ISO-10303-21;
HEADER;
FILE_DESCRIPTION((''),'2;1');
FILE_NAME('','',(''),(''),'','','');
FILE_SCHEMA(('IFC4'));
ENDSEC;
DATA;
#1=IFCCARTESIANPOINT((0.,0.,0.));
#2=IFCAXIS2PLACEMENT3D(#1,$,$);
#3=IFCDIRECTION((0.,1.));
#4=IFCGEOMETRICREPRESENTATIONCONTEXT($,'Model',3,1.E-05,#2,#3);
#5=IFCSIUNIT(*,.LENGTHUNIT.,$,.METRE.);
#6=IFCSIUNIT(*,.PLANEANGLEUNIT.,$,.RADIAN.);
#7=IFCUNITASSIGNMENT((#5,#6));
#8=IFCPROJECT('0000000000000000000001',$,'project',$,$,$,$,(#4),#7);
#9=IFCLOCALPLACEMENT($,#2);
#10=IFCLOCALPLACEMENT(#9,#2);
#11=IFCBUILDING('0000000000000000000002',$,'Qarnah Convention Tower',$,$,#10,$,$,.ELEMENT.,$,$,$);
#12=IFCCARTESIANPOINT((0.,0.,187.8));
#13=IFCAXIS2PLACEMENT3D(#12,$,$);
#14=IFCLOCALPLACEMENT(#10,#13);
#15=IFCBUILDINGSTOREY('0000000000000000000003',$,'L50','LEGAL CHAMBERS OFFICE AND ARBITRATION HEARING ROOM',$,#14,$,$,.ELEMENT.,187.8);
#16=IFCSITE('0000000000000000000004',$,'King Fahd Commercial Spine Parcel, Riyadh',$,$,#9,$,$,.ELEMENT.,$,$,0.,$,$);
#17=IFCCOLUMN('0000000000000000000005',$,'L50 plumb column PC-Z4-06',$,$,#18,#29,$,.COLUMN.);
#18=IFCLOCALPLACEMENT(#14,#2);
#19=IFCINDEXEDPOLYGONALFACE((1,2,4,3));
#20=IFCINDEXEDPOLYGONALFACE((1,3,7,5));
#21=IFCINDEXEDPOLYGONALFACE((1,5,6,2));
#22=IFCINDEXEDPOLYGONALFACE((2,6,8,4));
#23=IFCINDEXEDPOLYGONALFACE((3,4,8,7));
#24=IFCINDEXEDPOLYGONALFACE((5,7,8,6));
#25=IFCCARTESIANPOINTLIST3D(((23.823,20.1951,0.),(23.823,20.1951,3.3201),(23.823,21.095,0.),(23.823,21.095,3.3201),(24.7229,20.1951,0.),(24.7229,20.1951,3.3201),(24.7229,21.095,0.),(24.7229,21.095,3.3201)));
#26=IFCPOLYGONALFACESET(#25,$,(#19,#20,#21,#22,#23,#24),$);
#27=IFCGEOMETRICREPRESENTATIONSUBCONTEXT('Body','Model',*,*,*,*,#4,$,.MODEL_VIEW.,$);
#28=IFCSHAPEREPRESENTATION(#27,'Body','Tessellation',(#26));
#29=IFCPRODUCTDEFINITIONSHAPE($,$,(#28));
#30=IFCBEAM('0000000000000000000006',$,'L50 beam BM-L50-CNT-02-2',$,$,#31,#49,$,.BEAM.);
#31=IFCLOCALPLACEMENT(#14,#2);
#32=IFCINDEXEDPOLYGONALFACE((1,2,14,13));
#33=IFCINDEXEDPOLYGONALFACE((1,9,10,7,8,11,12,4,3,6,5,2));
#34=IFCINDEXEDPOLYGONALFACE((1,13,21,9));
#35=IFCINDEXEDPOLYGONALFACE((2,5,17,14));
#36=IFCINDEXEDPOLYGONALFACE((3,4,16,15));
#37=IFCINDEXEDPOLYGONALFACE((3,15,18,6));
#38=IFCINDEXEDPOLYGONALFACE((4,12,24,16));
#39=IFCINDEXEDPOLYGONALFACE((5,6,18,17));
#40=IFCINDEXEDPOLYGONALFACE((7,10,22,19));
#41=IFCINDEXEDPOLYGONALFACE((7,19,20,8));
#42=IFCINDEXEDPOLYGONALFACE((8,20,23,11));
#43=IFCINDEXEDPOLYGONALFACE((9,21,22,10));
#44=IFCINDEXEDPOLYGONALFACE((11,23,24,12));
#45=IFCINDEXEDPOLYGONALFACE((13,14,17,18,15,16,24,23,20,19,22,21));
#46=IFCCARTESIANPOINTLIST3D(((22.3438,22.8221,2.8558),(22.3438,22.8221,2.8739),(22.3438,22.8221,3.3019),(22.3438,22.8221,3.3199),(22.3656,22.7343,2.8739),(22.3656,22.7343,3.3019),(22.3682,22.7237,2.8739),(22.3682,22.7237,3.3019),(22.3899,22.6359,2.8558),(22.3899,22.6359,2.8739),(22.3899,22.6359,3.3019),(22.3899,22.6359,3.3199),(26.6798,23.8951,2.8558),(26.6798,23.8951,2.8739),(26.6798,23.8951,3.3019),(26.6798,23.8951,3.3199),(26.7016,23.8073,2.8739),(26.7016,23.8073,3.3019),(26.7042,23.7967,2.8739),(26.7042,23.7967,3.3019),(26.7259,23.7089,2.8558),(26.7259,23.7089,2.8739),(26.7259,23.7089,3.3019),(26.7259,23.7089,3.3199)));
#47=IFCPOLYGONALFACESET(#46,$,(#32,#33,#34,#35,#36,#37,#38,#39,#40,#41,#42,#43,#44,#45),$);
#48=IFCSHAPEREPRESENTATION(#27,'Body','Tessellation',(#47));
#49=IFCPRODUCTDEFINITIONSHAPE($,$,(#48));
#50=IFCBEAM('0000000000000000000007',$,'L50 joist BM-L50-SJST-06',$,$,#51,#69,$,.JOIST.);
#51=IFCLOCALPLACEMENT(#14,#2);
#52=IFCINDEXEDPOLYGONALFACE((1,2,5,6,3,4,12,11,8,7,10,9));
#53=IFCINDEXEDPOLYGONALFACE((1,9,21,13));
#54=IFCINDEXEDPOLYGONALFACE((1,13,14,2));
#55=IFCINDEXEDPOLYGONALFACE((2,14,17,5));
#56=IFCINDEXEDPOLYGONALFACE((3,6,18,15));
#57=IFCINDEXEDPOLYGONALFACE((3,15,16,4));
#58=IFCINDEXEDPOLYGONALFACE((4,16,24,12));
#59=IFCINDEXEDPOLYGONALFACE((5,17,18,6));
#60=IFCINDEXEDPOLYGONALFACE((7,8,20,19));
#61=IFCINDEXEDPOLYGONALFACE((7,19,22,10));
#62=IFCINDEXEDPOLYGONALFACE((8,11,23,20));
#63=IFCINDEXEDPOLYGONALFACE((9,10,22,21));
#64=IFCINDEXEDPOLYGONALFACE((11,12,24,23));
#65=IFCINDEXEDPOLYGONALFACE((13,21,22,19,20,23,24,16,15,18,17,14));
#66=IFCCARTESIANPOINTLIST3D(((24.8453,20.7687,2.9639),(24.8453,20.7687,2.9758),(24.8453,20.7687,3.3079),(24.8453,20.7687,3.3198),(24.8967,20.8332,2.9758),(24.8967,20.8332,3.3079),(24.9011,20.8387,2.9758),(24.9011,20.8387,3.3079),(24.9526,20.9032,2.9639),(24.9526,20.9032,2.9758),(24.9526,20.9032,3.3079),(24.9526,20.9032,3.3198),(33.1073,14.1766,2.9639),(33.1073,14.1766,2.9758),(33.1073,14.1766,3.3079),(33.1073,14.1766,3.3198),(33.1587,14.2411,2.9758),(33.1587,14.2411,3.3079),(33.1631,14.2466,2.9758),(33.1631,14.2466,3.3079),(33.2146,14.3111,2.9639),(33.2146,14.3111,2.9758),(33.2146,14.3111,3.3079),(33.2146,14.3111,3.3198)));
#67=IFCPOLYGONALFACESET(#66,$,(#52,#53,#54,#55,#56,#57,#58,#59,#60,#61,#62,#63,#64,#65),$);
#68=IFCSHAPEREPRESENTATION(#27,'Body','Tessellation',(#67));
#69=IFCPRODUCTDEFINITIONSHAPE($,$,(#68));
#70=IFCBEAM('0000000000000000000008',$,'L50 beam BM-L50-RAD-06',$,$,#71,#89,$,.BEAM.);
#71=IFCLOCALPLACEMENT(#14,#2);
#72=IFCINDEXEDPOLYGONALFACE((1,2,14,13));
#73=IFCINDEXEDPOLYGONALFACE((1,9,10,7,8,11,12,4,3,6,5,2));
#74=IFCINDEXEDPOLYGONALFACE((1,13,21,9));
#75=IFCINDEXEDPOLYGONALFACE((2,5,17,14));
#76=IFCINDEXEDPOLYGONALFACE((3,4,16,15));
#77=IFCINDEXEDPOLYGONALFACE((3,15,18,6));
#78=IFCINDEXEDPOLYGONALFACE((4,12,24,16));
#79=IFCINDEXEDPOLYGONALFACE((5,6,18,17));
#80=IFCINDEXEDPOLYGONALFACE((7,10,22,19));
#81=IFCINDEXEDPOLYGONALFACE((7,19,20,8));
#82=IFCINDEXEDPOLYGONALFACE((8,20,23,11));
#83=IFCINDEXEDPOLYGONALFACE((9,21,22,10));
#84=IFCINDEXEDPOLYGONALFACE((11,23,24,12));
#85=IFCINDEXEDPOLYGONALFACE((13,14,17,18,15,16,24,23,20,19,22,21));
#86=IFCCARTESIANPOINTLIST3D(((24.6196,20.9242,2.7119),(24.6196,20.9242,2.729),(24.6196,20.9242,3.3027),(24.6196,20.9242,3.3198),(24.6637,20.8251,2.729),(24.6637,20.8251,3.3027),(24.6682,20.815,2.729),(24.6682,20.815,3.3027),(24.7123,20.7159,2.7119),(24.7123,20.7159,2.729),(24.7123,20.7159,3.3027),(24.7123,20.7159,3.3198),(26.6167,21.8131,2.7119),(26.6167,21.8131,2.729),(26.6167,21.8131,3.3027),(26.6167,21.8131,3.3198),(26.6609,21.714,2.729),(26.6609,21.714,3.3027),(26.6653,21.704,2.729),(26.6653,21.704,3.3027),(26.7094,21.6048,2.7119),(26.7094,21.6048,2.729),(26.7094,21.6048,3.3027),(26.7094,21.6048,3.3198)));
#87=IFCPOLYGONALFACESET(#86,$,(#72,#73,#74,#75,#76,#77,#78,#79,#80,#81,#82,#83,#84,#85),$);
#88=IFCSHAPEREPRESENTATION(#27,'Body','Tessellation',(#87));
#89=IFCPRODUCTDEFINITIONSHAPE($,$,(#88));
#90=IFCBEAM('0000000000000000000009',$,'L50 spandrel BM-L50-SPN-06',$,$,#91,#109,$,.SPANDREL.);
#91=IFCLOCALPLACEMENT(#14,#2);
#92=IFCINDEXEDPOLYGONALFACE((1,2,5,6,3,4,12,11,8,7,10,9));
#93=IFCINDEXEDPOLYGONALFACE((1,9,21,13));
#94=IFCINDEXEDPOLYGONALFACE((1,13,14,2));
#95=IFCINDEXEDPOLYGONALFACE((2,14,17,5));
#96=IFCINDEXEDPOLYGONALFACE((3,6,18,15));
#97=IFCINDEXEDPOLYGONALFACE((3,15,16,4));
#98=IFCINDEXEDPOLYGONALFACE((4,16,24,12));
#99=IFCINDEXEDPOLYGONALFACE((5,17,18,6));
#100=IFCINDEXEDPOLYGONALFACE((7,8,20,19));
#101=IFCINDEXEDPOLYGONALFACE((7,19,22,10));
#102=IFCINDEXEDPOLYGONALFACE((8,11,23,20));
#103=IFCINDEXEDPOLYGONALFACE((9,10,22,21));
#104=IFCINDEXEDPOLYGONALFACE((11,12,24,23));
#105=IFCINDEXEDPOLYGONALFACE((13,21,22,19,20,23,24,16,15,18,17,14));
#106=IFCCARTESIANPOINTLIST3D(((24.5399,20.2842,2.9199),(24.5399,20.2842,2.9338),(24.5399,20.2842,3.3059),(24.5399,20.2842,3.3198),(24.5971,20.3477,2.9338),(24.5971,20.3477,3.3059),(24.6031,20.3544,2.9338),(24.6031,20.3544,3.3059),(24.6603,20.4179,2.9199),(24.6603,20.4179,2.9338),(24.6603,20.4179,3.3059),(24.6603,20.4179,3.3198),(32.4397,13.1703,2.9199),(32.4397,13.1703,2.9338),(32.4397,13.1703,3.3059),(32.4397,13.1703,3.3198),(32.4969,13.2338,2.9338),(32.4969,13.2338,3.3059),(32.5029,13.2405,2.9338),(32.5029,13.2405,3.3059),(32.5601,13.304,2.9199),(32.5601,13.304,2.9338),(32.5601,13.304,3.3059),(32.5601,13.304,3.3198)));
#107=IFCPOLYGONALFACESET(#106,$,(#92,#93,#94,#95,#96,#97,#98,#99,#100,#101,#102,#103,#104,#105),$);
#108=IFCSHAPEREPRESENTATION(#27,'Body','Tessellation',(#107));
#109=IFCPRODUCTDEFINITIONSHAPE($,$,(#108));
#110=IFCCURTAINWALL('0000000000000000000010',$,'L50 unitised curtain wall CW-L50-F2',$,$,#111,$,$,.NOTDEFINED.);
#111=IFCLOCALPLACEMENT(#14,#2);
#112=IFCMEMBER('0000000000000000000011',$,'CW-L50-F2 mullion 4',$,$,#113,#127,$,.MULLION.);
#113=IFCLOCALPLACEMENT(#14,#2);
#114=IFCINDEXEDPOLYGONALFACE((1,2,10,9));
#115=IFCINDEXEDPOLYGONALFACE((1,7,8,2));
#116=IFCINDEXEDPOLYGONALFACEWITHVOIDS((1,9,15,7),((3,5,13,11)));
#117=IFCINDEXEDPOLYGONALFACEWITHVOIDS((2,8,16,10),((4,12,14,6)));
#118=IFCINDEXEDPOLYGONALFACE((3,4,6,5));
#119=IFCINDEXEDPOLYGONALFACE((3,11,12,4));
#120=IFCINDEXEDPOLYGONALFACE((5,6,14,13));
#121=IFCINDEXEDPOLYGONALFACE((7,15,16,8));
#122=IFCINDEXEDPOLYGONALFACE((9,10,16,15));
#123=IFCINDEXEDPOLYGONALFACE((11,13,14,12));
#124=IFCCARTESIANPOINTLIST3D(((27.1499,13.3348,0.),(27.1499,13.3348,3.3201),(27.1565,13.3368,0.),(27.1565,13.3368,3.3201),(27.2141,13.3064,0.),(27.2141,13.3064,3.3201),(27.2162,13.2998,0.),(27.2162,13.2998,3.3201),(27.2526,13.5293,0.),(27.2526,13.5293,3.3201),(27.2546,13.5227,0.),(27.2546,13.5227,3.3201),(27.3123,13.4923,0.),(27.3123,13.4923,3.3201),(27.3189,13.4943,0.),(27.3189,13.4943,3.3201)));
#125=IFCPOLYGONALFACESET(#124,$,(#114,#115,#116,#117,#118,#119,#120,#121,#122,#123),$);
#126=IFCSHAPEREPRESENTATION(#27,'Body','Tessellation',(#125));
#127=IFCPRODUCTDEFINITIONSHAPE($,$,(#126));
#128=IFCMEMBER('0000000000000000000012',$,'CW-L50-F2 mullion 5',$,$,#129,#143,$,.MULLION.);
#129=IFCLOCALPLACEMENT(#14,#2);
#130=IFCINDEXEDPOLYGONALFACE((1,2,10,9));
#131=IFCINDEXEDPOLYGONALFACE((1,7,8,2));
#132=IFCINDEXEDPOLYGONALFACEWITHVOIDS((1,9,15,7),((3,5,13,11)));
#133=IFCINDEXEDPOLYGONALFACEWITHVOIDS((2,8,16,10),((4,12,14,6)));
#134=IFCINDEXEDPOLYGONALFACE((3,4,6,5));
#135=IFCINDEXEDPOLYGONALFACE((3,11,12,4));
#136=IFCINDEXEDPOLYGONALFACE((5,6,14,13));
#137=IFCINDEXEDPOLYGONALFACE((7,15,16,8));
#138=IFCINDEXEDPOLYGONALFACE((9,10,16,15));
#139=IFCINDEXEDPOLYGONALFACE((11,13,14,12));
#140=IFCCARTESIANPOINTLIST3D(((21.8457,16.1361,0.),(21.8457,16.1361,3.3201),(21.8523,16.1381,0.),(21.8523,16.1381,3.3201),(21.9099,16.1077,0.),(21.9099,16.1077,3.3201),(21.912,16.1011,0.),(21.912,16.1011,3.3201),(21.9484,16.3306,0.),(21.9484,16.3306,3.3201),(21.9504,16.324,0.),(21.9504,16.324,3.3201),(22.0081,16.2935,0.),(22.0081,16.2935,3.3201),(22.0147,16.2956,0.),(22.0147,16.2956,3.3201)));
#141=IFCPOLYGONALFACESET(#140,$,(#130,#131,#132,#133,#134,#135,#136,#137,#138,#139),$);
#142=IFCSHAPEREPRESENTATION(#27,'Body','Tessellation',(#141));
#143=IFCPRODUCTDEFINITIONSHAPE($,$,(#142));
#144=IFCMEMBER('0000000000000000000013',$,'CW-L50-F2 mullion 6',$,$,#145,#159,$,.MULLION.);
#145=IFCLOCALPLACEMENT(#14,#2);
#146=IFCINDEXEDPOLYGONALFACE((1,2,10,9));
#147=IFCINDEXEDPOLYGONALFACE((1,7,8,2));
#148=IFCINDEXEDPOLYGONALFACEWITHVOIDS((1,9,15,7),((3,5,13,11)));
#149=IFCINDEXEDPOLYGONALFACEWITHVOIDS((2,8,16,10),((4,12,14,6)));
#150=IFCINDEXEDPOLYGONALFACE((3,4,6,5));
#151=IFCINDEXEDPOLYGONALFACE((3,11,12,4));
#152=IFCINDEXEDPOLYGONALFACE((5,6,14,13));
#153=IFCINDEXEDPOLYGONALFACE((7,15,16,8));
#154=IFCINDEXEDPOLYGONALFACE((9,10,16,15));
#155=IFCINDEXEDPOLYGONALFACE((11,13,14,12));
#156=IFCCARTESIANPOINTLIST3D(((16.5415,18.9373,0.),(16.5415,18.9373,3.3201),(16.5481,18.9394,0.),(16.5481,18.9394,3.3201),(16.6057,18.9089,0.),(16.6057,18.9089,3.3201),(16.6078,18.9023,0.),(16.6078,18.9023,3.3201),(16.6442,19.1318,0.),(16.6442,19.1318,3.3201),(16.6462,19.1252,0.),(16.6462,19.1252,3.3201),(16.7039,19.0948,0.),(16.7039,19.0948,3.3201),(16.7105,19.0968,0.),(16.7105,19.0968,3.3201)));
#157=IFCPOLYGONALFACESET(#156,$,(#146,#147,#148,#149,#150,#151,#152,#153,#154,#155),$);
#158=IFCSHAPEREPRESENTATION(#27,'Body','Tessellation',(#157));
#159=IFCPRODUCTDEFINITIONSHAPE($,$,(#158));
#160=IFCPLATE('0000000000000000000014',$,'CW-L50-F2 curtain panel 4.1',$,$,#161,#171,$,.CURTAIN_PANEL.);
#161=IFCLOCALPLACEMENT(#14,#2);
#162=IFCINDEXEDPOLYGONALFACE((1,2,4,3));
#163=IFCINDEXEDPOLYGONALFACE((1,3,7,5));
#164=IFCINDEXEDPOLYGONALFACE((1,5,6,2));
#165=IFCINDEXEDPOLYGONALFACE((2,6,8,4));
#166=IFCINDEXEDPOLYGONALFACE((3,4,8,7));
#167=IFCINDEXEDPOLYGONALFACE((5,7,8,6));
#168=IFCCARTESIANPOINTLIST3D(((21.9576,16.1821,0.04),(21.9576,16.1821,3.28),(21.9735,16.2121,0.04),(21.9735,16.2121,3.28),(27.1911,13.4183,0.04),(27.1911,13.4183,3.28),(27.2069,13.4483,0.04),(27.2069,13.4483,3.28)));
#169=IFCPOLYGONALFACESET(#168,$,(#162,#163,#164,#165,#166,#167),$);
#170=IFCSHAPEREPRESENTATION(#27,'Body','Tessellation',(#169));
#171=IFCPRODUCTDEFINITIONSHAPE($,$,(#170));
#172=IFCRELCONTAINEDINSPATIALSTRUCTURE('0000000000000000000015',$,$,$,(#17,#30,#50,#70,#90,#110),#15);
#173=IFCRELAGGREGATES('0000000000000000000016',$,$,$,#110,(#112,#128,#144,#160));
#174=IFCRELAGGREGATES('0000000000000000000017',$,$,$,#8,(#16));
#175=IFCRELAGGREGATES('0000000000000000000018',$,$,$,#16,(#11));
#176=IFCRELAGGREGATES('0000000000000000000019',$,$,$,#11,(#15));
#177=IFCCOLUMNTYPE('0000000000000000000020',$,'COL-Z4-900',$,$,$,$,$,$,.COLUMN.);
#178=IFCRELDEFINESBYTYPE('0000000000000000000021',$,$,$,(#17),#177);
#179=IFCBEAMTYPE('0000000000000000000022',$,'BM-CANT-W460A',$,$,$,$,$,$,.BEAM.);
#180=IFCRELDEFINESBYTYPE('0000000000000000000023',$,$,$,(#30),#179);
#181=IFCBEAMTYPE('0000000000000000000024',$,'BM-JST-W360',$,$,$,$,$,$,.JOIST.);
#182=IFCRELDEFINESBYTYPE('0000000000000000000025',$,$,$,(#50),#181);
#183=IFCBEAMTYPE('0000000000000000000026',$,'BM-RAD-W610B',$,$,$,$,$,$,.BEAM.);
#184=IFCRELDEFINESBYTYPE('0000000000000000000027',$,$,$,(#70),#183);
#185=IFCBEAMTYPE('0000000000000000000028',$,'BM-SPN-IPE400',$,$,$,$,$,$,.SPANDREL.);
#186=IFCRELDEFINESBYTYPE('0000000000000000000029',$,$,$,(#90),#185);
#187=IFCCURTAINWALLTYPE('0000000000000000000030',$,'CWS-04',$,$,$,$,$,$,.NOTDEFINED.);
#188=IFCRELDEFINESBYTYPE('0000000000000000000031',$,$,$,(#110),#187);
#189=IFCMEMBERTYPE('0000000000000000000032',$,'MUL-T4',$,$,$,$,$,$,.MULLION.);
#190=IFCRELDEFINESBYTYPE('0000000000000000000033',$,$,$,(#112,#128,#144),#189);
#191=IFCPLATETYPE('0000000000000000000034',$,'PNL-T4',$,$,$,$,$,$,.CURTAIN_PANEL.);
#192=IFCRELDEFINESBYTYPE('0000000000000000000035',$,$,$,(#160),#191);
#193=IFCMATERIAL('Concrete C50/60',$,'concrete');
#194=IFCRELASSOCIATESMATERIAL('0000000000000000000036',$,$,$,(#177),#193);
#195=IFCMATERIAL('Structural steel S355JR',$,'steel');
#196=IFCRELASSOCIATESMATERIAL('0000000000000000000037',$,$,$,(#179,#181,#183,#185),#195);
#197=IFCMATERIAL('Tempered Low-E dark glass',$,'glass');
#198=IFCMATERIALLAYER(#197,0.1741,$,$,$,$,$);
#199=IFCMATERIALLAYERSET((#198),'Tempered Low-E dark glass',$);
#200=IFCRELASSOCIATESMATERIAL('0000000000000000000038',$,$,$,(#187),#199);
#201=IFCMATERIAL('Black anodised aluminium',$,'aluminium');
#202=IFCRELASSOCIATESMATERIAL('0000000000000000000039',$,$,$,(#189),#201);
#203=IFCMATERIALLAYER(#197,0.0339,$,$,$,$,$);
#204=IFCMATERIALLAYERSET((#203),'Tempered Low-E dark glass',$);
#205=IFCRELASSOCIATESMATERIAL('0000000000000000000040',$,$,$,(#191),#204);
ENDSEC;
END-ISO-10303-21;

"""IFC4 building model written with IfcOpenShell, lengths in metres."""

from ifc_helpers import new_model, si_unit, direction, frame, origin, origin_2d, place, context, subcontext, project, spatial, rectangle, hollow_rectangle, i_section, extrude, material, layer, layer_set, material_profile, profile_set, type_object, element, aggregate, save


model = new_model("IFC4")

# Units and contexts
model_context = context("Model", 3, precision=1e-05, world=origin(), true_north=direction((0.0, 1.0)))
body_context = subcontext(model_context, "Body", "Model", "MODEL_VIEW")
ifc_project = project(units=[si_unit("LENGTHUNIT", "METRE"), si_unit("PLANEANGLEUNIT", "RADIAN")], contexts=[model_context])

# Site, building, storey
site_placement = place(None, origin())
site = spatial("IfcSite", under=ifc_project, at=site_placement, Name="King Fahd Commercial Spine Parcel, Riyadh", CompositionType="ELEMENT", RefElevation=0.0)
building_placement = place(site_placement, origin())
building = spatial("IfcBuilding", under=site, at=building_placement, Name="Qarnah Convention Tower", CompositionType="ELEMENT")
storey_placement = place(building_placement, frame((0.0, 0.0, 187.8)))
storey = spatial("IfcBuildingStorey", under=building, at=storey_placement, Name="L50", Description="LEGAL CHAMBERS OFFICE AND ARBITRATION HEARING ROOM", CompositionType="ELEMENT", Elevation=187.8)

# Column
ifc_material_1 = material(Name="Concrete C50/60", Category="concrete")
ifc_material_profile_1 = material_profile(ifc_material_1, rectangle(XDim=0.8999, YDim=0.8999, at=origin_2d()), Name="RC-COL-900X900")
ifc_profile_set_1 = profile_set([ifc_material_profile_1], Name="Concrete C50/60")
column_type = type_object("IfcColumnType", Name="COL-Z4-900", PredefinedType="COLUMN", material=ifc_profile_set_1)
column_placement = place(storey_placement, frame((24.2729, 20.645, 0.0), z_axis=(0.0, 0.0, 1.0), x_axis=(1.0, 0.0, 0.0)))
element("IfcColumn", 1, at=column_placement, inside=storey, type_object=column_type, Name="L50 plumb column PC-Z4-06", PredefinedType="COLUMN", context=body_context, shape_type="SweptSolid", body=[
    extrude(rectangle(XDim=0.8999, YDim=0.8999, at=origin_2d()), origin(), (0.0, 0.0, 1.0), 3.3201),
])

# Beams
ifc_material_2 = material(Name="Structural steel S355JR", Category="steel")
ifc_material_profile_2 = material_profile(ifc_material_2, i_section(OverallWidth=0.1919, OverallDepth=0.4641, WebThickness=0.011, FlangeThickness=0.0181, at=origin_2d()), Name="W460X89")
ifc_profile_set_2 = profile_set([ifc_material_profile_2], Name="Structural steel S355JR")
beam_type_1 = type_object("IfcBeamType", Name="BM-CANT-W460A", PredefinedType="BEAM", material=ifc_profile_set_2)
beam_1_placement = place(storey_placement, frame((26.7029, 23.802, 3.0879), z_axis=(-0.970718, -0.24022, 0.0), x_axis=(0.24022, -0.970718, 0.0)))
element("IfcBeam", 2, at=beam_1_placement, inside=storey, type_object=beam_type_1, Name="L50 beam BM-L50-CNT-02-2", PredefinedType="BEAM", context=body_context, shape_type="SweptSolid", body=[
    extrude(i_section(OverallWidth=0.1919, OverallDepth=0.4641, WebThickness=0.011, FlangeThickness=0.0181, at=origin_2d()), origin(), (0.0, 0.0, 1.0), 4.4668),
])
ifc_material_profile_3 = material_profile(ifc_material_2, i_section(OverallWidth=0.1721, OverallDepth=0.356, WebThickness=0.0071, FlangeThickness=0.012, at=origin_2d()), Name="W360X51")
ifc_profile_set_3 = profile_set([ifc_material_profile_3], Name="Structural steel S355JR")
beam_type_2 = type_object("IfcBeamType", Name="BM-JST-W360", PredefinedType="JOIST", material=ifc_profile_set_3)
beam_2_placement = place(storey_placement, frame((24.8989, 20.8359, 3.1418), z_axis=(0.781677, -0.623683, 0.0), x_axis=(0.623683, 0.781677, 0.0)))
element("IfcBeam", 3, at=beam_2_placement, inside=storey, type_object=beam_type_2, Name="L50 joist BM-L50-SJST-06", PredefinedType="JOIST", context=body_context, shape_type="SweptSolid", body=[
    extrude(i_section(OverallWidth=0.1721, OverallDepth=0.356, WebThickness=0.0071, FlangeThickness=0.012, at=origin_2d()), origin(), (0.0, 0.0, 1.0), 10.5696),
])
ifc_material_profile_4 = material_profile(ifc_material_2, i_section(OverallWidth=0.228, OverallDepth=0.6079, WebThickness=0.011, FlangeThickness=0.0171, at=origin_2d()), Name="W610X113")
ifc_profile_set_4 = profile_set([ifc_material_profile_4], Name="Structural steel S355JR")
beam_type_3 = type_object("IfcBeamType", Name="BM-RAD-W610B", PredefinedType="BEAM", material=ifc_profile_set_4)
beam_3_placement = place(storey_placement, frame((26.6631, 21.709, 3.0159), z_axis=(-0.913586, -0.406646, 0.0), x_axis=(0.406646, -0.913586, 0.0)))
element("IfcBeam", 4, at=beam_3_placement, inside=storey, type_object=beam_type_3, Name="L50 beam BM-L50-RAD-06", PredefinedType="BEAM", context=body_context, shape_type="SweptSolid", body=[
    extrude(i_section(OverallWidth=0.228, OverallDepth=0.6079, WebThickness=0.011, FlangeThickness=0.0171, at=origin_2d()), origin(), (0.0, 0.0, 1.0), 2.186),
])
ifc_material_profile_5 = material_profile(ifc_material_2, i_section(OverallWidth=0.1799, OverallDepth=0.3999, WebThickness=0.009, FlangeThickness=0.0139, at=origin_2d()), Name="IPE400")
ifc_profile_set_5 = profile_set([ifc_material_profile_5], Name="Structural steel S355JR")
beam_type_4 = type_object("IfcBeamType", Name="BM-SPN-IPE400", PredefinedType="SPANDREL", material=ifc_profile_set_5)
beam_4_placement = place(storey_placement, frame((24.6001, 20.3511, 3.1199), z_axis=(0.743102, -0.669178, 0.0), x_axis=(0.669178, 0.743102, 0.0)))
element("IfcBeam", 5, at=beam_4_placement, inside=storey, type_object=beam_type_4, Name="L50 spandrel BM-L50-SPN-06", PredefinedType="SPANDREL", context=body_context, shape_type="SweptSolid", body=[
    extrude(i_section(OverallWidth=0.1799, OverallDepth=0.3999, WebThickness=0.009, FlangeThickness=0.0139, at=origin_2d()), origin(), (0.0, 0.0, 1.0), 10.6309),
])

# Curtain wall, members, plate
ifc_material_3 = material(Name="Tempered Low-E dark glass", Category="glass")
ifc_layer_1 = layer(ifc_material_3, 0.1741)
ifc_layer_set_1 = layer_set([ifc_layer_1], Name="Tempered Low-E dark glass")
curtain_wall_type = type_object("IfcCurtainWallType", Name="CWS-04", PredefinedType="NOTDEFINED", material=ifc_layer_set_1)
curtain_wall_placement = place(storey_placement, origin())
curtain_wall = element("IfcCurtainWall", 6, at=curtain_wall_placement, inside=storey, type_object=curtain_wall_type, Name="L50 unitised curtain wall CW-L50-F2", PredefinedType="NOTDEFINED")
ifc_material_4 = material(Name="Black anodised aluminium", Category="aluminium")
ifc_material_profile_6 = material_profile(ifc_material_4, hollow_rectangle(XDim=0.075, YDim=0.22, WallThickness=0.0049, at=origin_2d()), Name="MUL-75X220")
ifc_profile_set_6 = profile_set([ifc_material_profile_6], Name="Black anodised aluminium")
member_type = type_object("IfcMemberType", Name="MUL-T4", PredefinedType="MULLION", material=ifc_profile_set_6)
member_1_placement = place(storey_placement, frame((27.2344, 13.4146, 0.0), z_axis=(0.0, 0.0, 1.0), x_axis=(-0.884264, 0.466988, 0.0)))
member_1 = element("IfcMember", 7, at=member_1_placement, type_object=member_type, Name="CW-L50-F2 mullion 4", PredefinedType="MULLION", context=body_context, shape_type="SweptSolid", body=[
    extrude(hollow_rectangle(XDim=0.075, YDim=0.22, WallThickness=0.0049, at=origin_2d()), origin(), (0.0, 0.0, 1.0), 3.3201),
])
member_2_placement = place(storey_placement, frame((21.9302, 16.2158, 0.0), z_axis=(0.0, 0.0, 1.0), x_axis=(-0.884264, 0.466988, 0.0)))
member_2 = element("IfcMember", 8, at=member_2_placement, type_object=member_type, Name="CW-L50-F2 mullion 5", PredefinedType="MULLION", context=body_context, shape_type="SweptSolid", body=[
    extrude(hollow_rectangle(XDim=0.075, YDim=0.22, WallThickness=0.0049, at=origin_2d()), origin(), (0.0, 0.0, 1.0), 3.3201),
])
member_3_placement = place(storey_placement, frame((16.626, 19.0171, 0.0), z_axis=(0.0, 0.0, 1.0), x_axis=(-0.884264, 0.466988, 0.0)))
member_3 = element("IfcMember", 9, at=member_3_placement, type_object=member_type, Name="CW-L50-F2 mullion 6", PredefinedType="MULLION", context=body_context, shape_type="SweptSolid", body=[
    extrude(hollow_rectangle(XDim=0.075, YDim=0.22, WallThickness=0.0049, at=origin_2d()), origin(), (0.0, 0.0, 1.0), 3.3201),
])
ifc_layer_2 = layer(ifc_material_3, 0.0339)
ifc_layer_set_2 = layer_set([ifc_layer_2], Name="Tempered Low-E dark glass")
plate_type = type_object("IfcPlateType", Name="PNL-T4", PredefinedType="CURTAIN_PANEL", material=ifc_layer_set_2)
plate_1_placement = place(storey_placement, frame((24.5823, 14.8152, 0.04), z_axis=(0.0, 0.0, 1.0), x_axis=(-0.884264, 0.466988, 0.0)))
plate_1 = element("IfcPlate", 10, at=plate_1_placement, type_object=plate_type, Name="CW-L50-F2 curtain panel 4.1", PredefinedType="CURTAIN_PANEL", context=body_context, shape_type="SweptSolid", body=[
    extrude(rectangle(XDim=5.9185, YDim=0.0339, at=origin_2d()), origin(), (0.0, 0.0, 1.0), 3.24),
])
aggregate(curtain_wall, [member_1, member_2, member_3, plate_1])

save(model, "model.ifc")
